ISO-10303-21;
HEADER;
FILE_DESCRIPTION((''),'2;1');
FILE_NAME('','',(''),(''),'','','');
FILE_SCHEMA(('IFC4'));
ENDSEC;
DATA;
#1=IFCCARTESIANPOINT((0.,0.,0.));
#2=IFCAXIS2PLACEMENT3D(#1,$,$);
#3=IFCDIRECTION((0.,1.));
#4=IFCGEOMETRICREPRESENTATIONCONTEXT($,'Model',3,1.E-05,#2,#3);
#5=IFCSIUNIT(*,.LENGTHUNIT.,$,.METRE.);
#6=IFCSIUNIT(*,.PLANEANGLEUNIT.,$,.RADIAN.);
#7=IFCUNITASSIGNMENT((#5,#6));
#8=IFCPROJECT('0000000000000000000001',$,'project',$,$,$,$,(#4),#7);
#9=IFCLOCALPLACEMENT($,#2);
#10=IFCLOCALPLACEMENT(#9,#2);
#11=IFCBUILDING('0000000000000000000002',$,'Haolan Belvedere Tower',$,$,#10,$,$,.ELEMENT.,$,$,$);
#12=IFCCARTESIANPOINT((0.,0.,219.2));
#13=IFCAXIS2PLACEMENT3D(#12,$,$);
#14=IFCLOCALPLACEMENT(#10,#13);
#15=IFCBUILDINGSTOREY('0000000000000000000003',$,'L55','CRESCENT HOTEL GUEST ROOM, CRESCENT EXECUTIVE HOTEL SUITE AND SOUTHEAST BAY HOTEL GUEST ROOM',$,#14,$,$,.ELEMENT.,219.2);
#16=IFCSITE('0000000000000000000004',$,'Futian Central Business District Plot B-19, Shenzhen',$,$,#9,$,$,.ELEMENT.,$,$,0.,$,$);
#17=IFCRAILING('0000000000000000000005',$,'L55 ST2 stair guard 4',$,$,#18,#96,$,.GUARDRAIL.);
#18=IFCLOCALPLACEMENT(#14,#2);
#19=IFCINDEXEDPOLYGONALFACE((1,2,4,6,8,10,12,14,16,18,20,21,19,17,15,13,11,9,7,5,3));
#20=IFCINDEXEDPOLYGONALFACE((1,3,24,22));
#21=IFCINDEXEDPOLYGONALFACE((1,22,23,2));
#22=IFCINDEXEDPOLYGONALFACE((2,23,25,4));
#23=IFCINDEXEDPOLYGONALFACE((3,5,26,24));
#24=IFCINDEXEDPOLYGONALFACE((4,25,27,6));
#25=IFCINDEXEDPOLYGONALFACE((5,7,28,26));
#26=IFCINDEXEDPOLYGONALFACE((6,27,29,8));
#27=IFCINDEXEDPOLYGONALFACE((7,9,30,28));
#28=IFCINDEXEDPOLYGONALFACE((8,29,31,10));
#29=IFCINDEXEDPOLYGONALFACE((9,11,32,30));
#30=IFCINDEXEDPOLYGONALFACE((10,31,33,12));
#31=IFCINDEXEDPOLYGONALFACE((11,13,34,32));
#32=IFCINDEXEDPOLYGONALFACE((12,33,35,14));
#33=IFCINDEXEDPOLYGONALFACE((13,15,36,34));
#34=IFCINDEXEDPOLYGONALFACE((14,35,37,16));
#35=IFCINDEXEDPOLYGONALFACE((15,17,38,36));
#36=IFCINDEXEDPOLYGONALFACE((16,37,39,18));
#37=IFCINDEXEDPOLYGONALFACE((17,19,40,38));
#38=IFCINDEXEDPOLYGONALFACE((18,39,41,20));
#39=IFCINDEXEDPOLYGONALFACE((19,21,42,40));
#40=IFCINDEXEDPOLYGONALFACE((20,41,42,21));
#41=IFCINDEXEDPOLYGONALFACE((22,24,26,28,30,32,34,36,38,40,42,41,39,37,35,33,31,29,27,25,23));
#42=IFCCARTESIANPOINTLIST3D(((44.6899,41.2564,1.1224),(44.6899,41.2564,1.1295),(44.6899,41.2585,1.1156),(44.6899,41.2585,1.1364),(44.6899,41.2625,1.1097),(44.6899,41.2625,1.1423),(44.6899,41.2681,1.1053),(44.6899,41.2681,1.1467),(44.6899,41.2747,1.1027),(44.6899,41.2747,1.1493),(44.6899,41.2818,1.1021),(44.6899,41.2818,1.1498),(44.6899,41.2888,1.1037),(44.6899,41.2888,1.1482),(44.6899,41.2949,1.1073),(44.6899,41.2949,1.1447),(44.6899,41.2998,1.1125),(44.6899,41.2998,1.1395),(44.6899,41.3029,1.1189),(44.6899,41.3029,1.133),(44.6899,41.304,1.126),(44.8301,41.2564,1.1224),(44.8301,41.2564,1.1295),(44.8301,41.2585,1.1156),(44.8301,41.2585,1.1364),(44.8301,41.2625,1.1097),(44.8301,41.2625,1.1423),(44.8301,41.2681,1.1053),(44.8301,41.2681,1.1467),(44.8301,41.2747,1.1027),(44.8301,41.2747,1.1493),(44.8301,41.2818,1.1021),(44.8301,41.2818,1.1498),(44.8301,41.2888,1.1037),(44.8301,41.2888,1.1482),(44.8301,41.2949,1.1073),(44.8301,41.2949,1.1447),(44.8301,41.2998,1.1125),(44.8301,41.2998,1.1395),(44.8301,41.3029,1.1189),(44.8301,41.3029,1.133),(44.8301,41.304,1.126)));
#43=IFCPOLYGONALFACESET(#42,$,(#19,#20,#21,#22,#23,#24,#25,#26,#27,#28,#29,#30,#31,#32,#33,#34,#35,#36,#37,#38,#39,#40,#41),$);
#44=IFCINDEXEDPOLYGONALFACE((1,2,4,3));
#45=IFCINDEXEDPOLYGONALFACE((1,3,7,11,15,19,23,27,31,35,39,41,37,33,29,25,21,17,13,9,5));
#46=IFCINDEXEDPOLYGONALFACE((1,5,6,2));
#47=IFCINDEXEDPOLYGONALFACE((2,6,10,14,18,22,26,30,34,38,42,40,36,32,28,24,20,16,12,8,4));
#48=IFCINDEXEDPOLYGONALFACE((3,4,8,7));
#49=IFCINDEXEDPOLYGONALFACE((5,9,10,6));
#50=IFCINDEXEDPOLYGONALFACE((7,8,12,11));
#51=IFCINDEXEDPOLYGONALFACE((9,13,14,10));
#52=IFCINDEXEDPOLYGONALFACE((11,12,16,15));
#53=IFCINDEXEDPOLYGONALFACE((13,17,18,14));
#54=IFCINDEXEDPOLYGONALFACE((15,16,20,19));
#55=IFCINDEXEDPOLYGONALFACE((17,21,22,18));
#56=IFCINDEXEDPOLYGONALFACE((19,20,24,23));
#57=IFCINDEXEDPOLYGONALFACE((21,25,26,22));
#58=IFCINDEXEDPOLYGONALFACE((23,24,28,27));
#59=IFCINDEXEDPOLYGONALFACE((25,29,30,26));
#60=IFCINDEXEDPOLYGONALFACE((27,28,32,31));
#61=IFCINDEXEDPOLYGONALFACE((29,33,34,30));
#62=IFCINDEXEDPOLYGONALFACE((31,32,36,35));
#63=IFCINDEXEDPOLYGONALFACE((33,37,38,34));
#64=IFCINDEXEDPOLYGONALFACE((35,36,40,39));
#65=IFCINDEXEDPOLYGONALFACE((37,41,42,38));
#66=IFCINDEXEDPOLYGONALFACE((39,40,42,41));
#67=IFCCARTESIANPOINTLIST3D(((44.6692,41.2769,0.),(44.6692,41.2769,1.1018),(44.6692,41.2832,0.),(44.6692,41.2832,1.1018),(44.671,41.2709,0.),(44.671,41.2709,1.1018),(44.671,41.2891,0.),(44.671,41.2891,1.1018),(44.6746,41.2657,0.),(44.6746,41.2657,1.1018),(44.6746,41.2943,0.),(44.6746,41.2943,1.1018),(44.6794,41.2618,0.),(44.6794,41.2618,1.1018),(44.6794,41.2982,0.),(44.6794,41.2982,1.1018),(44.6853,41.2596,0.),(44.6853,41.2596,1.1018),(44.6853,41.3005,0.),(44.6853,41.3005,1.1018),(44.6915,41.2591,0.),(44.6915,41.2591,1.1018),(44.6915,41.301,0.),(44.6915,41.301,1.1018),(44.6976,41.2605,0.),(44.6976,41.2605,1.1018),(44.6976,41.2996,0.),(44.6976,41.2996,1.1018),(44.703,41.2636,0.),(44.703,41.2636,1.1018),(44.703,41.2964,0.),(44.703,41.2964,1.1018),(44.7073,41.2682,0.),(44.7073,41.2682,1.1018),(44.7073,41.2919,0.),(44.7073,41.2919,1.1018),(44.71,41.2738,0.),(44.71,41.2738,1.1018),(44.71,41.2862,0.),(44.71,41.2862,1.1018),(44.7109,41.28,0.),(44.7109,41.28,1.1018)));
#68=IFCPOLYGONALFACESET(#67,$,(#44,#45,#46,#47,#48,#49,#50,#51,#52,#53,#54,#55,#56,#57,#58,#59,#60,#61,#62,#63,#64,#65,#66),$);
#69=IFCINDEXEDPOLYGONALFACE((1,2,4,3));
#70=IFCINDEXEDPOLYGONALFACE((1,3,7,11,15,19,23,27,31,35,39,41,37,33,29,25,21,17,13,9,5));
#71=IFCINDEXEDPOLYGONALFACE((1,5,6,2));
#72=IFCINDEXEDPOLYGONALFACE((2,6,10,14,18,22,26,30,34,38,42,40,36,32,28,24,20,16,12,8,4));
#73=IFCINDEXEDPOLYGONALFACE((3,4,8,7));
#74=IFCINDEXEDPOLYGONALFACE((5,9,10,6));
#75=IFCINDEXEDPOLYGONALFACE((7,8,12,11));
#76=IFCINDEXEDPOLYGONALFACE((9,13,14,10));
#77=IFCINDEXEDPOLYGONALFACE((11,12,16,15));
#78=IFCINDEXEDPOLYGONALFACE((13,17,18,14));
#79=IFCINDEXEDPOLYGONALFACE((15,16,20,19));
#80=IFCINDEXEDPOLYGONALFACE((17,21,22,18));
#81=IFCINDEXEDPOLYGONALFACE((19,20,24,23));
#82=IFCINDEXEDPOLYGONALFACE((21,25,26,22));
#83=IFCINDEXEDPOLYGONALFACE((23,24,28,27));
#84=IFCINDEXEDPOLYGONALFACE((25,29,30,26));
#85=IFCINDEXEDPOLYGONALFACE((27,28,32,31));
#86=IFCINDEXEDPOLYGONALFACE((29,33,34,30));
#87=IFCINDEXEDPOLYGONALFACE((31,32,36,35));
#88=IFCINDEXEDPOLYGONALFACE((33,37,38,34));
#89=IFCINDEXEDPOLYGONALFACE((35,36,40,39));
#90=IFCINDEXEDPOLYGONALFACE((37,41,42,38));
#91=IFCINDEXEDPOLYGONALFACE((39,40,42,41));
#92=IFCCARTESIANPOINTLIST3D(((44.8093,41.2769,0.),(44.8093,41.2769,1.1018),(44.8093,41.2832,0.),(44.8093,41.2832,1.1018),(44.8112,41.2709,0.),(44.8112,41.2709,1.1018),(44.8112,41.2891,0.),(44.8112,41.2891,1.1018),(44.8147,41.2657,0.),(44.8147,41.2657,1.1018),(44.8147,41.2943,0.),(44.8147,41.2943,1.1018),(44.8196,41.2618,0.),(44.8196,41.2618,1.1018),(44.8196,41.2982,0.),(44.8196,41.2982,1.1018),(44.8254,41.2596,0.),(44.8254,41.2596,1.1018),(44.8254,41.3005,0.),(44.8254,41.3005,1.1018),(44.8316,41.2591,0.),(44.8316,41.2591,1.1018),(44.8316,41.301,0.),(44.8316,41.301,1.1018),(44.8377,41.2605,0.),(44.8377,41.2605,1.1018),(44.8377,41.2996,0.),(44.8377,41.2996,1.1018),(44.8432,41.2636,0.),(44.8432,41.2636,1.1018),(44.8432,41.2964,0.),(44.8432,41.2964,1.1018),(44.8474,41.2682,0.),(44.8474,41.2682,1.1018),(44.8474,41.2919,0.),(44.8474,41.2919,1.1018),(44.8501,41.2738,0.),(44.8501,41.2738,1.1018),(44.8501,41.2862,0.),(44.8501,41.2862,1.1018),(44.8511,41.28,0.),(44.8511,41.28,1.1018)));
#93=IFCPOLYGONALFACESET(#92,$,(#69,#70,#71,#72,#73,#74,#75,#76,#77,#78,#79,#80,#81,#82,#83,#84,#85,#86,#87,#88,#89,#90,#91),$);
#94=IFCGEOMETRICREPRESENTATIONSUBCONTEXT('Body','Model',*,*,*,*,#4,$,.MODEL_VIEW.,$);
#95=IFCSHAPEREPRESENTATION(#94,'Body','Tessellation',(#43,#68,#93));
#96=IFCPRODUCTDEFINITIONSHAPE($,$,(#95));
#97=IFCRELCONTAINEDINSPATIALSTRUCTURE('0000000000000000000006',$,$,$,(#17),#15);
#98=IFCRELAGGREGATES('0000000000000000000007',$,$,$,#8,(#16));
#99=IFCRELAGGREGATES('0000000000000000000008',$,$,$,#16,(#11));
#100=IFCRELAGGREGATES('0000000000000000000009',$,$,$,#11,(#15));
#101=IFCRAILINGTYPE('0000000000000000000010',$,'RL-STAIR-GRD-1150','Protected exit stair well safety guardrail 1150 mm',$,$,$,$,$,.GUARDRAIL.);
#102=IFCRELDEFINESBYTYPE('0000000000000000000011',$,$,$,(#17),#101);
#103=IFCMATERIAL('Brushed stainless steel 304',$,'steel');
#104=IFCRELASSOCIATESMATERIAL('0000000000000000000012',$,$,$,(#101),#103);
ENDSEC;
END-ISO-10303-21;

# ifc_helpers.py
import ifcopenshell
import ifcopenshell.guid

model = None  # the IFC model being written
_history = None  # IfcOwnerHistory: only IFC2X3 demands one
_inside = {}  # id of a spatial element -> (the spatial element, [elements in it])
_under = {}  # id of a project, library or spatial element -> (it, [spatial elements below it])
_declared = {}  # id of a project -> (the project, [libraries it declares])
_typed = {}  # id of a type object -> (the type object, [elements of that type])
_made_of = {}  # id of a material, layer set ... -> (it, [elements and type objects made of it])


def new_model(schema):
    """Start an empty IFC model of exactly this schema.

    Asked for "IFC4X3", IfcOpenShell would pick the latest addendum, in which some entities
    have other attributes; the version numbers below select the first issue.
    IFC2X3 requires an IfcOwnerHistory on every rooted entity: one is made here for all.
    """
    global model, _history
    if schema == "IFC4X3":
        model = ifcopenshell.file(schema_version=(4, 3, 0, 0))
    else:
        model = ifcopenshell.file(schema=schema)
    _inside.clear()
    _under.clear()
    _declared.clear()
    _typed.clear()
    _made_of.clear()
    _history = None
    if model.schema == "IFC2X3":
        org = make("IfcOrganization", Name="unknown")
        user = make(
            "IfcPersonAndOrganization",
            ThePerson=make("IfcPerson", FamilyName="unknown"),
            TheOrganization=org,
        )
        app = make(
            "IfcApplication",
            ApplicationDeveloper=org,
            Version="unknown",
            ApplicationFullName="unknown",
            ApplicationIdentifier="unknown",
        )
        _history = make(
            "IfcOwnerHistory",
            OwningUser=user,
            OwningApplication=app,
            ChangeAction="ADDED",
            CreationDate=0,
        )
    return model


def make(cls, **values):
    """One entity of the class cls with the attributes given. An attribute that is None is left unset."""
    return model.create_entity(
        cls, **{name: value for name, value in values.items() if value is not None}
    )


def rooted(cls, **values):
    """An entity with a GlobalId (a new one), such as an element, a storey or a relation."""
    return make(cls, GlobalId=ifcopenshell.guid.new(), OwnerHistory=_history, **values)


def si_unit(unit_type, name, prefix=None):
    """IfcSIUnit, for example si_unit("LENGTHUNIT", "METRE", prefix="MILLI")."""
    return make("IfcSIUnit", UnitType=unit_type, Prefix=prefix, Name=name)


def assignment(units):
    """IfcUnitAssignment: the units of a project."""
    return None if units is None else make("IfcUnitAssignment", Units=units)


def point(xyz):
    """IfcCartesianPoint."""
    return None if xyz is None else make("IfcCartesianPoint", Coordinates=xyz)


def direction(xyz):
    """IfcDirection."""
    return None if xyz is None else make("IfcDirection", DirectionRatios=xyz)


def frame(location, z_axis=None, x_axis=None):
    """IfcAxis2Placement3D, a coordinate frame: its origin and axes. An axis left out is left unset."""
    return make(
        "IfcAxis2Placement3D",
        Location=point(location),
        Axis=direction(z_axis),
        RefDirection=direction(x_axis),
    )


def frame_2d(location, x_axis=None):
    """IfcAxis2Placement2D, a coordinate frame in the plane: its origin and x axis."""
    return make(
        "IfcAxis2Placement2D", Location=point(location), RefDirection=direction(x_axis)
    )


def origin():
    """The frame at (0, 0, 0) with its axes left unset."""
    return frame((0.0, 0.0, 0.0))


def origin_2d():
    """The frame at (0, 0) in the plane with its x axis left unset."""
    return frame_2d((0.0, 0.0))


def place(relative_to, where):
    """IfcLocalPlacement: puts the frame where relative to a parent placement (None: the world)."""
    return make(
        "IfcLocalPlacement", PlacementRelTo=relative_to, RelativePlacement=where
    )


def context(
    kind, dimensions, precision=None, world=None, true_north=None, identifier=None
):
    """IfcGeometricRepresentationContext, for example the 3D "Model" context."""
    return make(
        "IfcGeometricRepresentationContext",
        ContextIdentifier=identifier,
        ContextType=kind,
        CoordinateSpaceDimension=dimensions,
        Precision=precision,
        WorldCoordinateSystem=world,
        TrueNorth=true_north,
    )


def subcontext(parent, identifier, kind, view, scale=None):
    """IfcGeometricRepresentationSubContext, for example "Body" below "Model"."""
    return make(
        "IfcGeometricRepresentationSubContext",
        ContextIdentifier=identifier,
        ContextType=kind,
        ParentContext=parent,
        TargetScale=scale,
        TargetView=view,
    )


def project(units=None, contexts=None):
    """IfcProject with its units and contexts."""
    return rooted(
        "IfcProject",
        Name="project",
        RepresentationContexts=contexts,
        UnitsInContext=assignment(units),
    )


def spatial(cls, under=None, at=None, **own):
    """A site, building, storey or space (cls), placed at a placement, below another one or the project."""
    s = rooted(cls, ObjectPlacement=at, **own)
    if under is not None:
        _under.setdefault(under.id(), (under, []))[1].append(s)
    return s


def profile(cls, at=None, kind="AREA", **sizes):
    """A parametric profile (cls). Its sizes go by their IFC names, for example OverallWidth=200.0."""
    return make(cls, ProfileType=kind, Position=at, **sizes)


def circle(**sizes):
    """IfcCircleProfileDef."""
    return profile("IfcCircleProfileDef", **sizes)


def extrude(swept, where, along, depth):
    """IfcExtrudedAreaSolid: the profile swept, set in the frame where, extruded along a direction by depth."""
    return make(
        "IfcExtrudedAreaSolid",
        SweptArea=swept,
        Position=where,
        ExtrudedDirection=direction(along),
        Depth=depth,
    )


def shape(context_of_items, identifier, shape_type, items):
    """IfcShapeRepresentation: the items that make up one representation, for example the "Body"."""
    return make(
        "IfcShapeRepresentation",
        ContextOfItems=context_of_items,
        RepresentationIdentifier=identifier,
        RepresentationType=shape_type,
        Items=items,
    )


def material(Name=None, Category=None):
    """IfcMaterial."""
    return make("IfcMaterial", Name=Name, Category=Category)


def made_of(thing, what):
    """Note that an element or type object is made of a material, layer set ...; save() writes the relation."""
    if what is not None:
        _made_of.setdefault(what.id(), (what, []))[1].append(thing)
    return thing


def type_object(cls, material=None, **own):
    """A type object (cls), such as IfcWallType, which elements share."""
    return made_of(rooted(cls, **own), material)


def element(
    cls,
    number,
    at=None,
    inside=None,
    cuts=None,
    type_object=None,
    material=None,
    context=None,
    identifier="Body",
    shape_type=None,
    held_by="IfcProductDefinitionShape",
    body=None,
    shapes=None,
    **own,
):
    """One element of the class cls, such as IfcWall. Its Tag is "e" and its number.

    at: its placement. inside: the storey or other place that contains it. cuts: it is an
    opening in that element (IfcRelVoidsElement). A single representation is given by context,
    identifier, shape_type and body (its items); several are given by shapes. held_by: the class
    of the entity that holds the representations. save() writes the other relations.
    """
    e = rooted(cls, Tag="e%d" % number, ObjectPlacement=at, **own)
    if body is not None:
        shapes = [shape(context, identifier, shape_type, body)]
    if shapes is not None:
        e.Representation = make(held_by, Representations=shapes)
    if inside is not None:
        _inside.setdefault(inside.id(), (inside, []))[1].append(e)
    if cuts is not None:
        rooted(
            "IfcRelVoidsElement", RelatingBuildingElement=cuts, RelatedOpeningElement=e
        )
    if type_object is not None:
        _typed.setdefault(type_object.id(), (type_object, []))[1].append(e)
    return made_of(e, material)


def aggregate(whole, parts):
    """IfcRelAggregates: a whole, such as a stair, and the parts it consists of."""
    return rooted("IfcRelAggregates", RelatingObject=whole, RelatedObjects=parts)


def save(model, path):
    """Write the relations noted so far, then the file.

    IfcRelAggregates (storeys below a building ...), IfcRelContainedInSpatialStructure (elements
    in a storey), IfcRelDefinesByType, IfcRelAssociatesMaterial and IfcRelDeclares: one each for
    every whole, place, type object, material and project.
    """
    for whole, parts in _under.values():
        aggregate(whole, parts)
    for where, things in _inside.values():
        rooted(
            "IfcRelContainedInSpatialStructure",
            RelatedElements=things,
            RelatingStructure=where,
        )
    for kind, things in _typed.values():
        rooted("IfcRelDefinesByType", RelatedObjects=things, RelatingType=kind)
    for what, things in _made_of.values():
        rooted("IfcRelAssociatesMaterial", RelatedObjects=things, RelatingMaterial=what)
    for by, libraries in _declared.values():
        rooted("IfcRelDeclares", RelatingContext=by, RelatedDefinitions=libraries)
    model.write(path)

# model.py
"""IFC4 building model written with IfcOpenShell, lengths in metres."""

from ifc_helpers import new_model, si_unit, direction, frame, origin, origin_2d, place, context, subcontext, project, spatial, circle, extrude, material, type_object, element, save


model = new_model("IFC4")

# Units and contexts
model_context = context("Model", 3, precision=1e-05, world=origin(), true_north=direction((0.0, 1.0)))
body_context = subcontext(model_context, "Body", "Model", "MODEL_VIEW")
ifc_project = project(units=[si_unit("LENGTHUNIT", "METRE"), si_unit("PLANEANGLEUNIT", "RADIAN")], contexts=[model_context])

# Site, building, storey
site_placement = place(None, origin())
site = spatial("IfcSite", under=ifc_project, at=site_placement, Name="Futian Central Business District Plot B-19, Shenzhen", CompositionType="ELEMENT", RefElevation=0.0)
building_placement = place(site_placement, origin())
building = spatial("IfcBuilding", under=site, at=building_placement, Name="Haolan Belvedere Tower", CompositionType="ELEMENT")
storey_placement = place(building_placement, frame((0.0, 0.0, 219.2)))
storey = spatial("IfcBuildingStorey", under=building, at=storey_placement, Name="L55", Description="CRESCENT HOTEL GUEST ROOM, CRESCENT EXECUTIVE HOTEL SUITE AND SOUTHEAST BAY HOTEL GUEST ROOM", CompositionType="ELEMENT", Elevation=219.2)

# Railing
ifc_material_1 = material(Name="Brushed stainless steel 304", Category="steel")
railing_type_1 = type_object("IfcRailingType", Name="RL-STAIR-GRD-1150", Description="Protected exit stair well safety guardrail 1150 mm", PredefinedType="GUARDRAIL", material=ifc_material_1)
railing_1_placement = place(storey_placement, frame((44.6899, 41.28, 0.0)))
element("IfcRailing", 1, at=railing_1_placement, inside=storey, type_object=railing_type_1, Name="L55 ST2 stair guard 4", PredefinedType="GUARDRAIL", context=body_context, shape_type="SweptSolid", body=[
    extrude(circle(Radius=0.0239, at=origin_2d()), frame((0.0, 0.0, 1.126), z_axis=(1.0, 0.0, 0.0), x_axis=(0.0, 1.0, 0.0)), (0.0, 0.0, 1.0), 0.1401),
    extrude(circle(Radius=0.021, at=origin_2d()), origin(), (0.0, 0.0, 1.0), 1.1018),
    extrude(circle(Radius=0.021, at=origin_2d()), frame((0.1401, 0.0, 0.0)), (0.0, 0.0, 1.0), 1.1018),
])

save(model, "model.ifc")
